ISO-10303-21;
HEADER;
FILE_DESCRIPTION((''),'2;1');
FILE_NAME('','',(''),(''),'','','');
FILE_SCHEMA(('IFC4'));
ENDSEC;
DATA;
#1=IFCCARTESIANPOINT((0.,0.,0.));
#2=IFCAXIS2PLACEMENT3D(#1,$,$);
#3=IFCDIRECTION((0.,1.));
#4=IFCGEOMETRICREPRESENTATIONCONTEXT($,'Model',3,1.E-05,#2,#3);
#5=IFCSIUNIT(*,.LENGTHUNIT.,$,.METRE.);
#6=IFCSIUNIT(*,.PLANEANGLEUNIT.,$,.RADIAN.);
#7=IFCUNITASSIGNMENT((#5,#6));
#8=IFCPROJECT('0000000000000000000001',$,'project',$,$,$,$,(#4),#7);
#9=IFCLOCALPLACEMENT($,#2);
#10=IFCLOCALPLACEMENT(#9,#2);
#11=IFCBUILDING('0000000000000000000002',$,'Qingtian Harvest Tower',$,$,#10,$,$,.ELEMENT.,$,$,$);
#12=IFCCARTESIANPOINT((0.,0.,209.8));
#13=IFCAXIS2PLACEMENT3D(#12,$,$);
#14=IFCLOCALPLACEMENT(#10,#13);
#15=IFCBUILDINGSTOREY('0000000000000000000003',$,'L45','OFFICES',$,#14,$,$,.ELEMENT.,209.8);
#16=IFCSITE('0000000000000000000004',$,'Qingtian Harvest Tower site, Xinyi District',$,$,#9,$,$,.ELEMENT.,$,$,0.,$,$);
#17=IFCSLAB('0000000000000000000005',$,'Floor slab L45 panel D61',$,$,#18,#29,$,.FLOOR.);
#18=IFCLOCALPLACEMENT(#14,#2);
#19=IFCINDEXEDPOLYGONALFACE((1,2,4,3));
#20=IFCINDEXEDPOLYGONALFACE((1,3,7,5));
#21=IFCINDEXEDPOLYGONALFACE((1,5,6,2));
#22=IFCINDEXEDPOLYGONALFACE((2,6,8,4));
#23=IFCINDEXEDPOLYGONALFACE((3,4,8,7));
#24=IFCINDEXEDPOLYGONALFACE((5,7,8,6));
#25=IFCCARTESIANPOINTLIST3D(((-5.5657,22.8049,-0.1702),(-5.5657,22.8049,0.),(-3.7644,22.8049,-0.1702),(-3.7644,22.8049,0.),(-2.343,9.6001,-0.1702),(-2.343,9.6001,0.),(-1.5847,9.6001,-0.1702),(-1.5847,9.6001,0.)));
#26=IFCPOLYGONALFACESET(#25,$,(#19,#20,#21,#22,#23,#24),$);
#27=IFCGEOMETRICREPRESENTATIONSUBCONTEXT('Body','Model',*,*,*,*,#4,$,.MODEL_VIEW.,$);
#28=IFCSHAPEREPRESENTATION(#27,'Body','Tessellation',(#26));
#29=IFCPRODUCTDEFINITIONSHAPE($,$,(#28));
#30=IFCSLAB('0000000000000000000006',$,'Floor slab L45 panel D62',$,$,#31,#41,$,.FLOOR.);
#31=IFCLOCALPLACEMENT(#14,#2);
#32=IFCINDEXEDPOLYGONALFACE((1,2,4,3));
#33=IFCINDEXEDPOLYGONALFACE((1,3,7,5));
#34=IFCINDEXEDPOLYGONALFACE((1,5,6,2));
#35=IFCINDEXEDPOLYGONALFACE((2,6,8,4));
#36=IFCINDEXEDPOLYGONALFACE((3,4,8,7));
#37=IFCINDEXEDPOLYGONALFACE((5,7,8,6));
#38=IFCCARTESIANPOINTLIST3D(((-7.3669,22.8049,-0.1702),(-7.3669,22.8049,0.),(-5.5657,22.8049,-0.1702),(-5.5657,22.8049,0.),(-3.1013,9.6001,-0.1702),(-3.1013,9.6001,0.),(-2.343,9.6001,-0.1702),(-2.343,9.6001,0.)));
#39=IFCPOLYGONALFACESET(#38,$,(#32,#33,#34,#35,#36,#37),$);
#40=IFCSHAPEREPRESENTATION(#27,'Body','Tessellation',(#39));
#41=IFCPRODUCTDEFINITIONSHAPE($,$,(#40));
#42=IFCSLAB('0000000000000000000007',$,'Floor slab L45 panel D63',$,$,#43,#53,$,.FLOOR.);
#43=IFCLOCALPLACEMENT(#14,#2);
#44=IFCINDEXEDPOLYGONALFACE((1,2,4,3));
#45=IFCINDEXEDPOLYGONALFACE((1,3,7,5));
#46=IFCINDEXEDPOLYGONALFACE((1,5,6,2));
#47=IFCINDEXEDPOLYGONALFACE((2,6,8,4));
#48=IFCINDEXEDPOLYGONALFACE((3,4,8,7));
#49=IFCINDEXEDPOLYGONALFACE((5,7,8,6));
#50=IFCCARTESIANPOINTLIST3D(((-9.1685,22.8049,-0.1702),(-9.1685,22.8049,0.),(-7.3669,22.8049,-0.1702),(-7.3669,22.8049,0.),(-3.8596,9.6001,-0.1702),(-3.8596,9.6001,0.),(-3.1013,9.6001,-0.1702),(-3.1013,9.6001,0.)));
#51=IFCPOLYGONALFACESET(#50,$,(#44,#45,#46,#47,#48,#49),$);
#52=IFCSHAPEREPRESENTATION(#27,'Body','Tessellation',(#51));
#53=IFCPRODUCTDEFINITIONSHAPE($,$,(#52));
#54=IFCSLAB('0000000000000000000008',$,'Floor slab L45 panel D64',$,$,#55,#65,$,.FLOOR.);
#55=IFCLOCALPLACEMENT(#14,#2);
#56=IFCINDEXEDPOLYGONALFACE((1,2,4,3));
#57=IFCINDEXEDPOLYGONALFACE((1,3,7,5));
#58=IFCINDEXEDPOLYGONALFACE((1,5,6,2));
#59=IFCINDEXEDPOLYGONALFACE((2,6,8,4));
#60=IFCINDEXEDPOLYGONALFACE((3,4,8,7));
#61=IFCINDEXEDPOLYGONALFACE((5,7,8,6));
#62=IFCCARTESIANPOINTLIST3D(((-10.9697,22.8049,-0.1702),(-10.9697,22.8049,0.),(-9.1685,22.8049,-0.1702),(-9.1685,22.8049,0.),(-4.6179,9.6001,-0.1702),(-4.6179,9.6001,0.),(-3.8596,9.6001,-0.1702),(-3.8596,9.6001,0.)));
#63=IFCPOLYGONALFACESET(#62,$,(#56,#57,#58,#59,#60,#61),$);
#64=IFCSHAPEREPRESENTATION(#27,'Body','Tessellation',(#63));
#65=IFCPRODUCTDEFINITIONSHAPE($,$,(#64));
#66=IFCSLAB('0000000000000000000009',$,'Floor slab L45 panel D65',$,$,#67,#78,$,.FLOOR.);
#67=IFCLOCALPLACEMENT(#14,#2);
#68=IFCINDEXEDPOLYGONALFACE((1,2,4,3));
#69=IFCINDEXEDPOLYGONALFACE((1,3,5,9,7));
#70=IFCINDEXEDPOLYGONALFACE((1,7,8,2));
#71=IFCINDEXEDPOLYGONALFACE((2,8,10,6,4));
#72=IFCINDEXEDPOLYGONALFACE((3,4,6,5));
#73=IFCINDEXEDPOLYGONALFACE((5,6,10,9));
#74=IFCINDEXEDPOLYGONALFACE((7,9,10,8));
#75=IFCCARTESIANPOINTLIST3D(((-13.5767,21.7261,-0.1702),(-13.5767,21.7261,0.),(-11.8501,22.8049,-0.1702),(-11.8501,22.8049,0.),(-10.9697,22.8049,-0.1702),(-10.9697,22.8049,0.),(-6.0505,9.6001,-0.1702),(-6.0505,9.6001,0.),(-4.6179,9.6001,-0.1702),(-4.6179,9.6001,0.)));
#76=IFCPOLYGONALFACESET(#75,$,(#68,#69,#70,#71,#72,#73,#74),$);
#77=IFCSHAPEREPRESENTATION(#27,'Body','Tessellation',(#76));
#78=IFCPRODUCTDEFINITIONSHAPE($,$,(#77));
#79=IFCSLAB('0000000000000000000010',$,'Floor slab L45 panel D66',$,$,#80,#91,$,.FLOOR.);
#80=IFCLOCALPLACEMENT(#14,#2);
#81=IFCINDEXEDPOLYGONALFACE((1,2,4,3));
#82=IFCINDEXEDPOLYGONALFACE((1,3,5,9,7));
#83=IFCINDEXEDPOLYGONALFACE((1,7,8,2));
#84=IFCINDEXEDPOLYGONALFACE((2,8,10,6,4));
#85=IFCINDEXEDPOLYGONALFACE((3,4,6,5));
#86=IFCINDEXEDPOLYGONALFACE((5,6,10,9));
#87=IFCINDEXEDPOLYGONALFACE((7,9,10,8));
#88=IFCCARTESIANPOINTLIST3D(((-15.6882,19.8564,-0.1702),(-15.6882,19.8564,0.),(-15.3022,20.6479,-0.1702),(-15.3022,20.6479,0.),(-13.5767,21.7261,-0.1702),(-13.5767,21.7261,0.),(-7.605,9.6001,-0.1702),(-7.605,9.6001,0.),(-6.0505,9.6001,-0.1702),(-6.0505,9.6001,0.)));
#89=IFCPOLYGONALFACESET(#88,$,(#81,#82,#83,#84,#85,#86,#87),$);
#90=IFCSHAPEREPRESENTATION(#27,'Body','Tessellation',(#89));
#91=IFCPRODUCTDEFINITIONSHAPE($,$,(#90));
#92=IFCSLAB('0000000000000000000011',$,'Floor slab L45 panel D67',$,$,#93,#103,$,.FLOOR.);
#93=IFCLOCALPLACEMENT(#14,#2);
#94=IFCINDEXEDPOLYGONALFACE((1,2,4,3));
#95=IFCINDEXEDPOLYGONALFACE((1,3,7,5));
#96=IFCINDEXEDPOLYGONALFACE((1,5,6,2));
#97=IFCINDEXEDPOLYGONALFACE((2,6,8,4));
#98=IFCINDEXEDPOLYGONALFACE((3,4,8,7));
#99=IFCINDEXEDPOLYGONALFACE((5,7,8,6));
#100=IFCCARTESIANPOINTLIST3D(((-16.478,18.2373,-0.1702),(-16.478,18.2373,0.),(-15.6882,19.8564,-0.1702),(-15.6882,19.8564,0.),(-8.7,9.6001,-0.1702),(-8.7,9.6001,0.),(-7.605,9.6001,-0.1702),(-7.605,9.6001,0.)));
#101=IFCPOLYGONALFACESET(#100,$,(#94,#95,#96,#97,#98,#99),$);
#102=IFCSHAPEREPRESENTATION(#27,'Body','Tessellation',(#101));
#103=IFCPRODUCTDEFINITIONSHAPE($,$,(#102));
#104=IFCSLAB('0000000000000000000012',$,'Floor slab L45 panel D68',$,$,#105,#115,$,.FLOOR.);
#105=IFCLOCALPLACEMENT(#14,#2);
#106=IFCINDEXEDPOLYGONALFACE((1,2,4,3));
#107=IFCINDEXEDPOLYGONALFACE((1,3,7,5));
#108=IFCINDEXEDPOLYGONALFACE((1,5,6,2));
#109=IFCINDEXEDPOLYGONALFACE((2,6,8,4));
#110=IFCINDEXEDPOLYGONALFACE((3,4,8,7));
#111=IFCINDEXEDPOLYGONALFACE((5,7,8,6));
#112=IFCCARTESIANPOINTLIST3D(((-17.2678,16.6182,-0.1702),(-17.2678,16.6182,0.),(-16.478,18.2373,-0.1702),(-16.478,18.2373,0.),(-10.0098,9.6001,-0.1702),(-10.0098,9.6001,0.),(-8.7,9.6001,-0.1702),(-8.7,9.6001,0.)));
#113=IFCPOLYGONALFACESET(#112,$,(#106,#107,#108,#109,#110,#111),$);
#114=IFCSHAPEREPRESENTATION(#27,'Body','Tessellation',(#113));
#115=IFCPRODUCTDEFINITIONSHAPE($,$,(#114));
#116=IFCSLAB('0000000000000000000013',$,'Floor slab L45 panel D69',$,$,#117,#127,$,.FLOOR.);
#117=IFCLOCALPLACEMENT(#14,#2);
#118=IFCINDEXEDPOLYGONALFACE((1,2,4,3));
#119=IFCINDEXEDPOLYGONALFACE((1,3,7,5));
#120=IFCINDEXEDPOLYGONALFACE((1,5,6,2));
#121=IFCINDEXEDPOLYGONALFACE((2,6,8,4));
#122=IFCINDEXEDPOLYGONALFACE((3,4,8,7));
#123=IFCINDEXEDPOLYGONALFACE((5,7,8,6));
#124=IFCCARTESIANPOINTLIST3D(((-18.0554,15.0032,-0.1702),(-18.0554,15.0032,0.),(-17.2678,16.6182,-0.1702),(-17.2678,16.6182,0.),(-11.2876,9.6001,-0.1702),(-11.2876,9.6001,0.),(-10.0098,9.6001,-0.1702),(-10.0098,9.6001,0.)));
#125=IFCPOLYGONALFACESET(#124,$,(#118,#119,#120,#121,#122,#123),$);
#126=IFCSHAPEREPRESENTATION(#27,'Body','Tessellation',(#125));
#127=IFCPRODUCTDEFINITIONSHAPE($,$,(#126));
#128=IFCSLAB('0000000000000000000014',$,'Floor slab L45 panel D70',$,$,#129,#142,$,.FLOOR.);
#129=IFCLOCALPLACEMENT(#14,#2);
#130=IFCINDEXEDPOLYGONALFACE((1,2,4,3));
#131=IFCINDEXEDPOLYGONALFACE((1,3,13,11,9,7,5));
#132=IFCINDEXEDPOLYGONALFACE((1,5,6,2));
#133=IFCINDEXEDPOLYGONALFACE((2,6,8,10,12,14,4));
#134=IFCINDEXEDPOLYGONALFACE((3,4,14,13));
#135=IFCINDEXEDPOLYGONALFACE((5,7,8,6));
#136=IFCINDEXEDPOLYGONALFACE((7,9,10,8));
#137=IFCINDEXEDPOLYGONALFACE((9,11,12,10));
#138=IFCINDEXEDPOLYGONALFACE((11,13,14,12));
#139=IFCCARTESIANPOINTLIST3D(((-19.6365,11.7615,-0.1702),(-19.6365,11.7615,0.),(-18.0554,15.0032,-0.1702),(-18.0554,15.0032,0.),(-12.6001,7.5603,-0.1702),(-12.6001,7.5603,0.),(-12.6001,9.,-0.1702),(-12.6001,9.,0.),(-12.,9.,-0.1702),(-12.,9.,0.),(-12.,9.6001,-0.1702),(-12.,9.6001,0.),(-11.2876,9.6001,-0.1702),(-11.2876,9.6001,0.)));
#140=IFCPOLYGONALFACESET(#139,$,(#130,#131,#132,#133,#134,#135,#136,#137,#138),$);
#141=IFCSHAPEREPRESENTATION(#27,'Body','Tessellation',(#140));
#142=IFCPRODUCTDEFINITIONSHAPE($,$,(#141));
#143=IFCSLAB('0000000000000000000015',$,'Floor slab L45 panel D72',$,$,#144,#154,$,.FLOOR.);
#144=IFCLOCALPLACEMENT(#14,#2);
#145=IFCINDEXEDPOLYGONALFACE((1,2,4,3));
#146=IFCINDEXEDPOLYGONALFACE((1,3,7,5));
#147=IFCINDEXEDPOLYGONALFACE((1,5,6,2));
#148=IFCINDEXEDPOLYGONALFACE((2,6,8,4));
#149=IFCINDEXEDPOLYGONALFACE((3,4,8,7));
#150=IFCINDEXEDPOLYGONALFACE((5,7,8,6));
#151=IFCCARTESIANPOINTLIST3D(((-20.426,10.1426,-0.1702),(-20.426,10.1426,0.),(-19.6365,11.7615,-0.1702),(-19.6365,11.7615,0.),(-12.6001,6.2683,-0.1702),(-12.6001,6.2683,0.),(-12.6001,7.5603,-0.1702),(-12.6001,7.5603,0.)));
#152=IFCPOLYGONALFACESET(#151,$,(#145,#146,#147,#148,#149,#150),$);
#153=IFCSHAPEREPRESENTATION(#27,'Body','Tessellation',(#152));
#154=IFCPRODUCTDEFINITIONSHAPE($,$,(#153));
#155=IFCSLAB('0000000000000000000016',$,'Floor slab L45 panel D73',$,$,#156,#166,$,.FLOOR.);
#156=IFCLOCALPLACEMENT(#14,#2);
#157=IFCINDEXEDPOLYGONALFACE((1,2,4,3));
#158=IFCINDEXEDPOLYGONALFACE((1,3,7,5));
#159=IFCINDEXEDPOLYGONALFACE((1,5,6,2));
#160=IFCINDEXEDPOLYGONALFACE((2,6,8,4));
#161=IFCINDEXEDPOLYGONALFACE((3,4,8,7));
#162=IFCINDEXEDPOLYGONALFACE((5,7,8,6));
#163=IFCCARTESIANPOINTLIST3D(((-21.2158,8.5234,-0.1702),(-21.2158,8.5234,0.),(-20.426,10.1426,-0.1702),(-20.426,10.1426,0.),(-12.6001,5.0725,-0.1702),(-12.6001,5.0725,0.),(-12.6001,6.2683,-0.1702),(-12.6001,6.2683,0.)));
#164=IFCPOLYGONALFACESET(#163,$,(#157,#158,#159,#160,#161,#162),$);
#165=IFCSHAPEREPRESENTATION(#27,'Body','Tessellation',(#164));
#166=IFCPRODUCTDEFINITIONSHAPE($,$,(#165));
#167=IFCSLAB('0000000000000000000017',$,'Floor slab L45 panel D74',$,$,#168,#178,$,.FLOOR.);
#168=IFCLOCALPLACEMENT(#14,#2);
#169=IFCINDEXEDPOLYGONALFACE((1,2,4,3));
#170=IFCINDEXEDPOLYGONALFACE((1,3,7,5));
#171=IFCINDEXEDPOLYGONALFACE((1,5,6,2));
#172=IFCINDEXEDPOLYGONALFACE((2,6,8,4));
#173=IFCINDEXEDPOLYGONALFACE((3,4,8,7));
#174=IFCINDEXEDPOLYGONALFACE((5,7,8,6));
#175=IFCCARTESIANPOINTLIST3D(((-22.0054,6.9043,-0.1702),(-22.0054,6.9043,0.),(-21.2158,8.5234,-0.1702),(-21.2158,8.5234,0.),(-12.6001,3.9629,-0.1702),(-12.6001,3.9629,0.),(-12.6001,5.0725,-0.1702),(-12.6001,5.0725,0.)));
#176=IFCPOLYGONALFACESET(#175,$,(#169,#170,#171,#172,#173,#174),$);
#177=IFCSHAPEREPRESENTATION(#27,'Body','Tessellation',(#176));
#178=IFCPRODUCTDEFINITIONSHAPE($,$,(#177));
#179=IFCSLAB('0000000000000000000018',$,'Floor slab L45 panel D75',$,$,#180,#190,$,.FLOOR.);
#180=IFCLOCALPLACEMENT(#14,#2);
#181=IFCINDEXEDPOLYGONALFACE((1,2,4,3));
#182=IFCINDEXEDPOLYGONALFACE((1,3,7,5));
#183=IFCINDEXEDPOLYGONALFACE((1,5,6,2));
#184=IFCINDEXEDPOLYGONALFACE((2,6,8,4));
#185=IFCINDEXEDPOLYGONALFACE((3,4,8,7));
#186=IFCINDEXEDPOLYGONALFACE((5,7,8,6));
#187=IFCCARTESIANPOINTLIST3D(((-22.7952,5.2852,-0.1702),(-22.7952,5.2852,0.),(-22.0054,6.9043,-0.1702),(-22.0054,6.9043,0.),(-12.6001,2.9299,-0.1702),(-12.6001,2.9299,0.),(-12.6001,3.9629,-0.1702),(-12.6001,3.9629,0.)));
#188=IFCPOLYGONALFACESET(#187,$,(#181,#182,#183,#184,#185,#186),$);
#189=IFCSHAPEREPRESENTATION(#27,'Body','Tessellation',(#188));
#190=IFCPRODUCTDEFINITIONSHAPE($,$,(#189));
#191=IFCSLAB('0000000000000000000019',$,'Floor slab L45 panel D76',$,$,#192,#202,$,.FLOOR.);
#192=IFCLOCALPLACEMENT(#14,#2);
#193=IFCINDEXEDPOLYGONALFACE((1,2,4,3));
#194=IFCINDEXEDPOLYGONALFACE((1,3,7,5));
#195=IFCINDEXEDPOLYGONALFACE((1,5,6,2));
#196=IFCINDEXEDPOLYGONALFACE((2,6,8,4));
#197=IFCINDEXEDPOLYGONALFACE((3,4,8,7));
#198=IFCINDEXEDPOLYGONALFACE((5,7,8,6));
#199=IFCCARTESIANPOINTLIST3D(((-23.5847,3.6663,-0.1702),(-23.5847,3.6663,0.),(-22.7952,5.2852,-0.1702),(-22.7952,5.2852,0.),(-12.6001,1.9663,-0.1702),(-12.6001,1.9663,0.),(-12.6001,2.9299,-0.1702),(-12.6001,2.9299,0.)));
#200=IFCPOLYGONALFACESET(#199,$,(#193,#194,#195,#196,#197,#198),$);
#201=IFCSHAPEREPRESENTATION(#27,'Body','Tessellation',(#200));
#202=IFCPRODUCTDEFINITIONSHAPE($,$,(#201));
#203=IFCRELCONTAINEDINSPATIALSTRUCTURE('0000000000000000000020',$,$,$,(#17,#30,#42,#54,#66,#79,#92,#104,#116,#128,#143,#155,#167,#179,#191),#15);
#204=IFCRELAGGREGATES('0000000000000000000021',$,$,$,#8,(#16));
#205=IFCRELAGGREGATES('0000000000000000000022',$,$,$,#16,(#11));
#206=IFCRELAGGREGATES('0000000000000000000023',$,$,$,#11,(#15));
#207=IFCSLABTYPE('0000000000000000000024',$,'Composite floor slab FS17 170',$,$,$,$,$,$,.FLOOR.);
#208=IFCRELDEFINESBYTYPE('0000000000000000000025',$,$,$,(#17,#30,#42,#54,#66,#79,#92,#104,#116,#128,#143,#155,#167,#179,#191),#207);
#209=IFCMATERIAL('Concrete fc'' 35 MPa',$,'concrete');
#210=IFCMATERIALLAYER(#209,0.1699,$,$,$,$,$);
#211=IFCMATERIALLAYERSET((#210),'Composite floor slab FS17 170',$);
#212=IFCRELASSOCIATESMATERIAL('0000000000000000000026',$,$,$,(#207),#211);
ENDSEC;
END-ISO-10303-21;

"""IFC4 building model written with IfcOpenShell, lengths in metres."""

from ifc_helpers import new_model, si_unit, direction, frame, origin, place, context, subcontext, project, spatial, polyline, outline, extrude, material, layer, layer_set, type_object, element, save


model = new_model("IFC4")

# Units and contexts
model_context = context("Model", 3, precision=1e-05, world=origin(), true_north=direction((0.0, 1.0)))
body_context = subcontext(model_context, "Body", "Model", "MODEL_VIEW")
ifc_project = project(units=[si_unit("LENGTHUNIT", "METRE"), si_unit("PLANEANGLEUNIT", "RADIAN")], contexts=[model_context])

# Site, building, storey
site_placement = place(None, origin())
site = spatial("IfcSite", under=ifc_project, at=site_placement, Name="Qingtian Harvest Tower site, Xinyi District", CompositionType="ELEMENT", RefElevation=0.0)
building_placement = place(site_placement, origin())
building = spatial("IfcBuilding", under=site, at=building_placement, Name="Qingtian Harvest Tower", CompositionType="ELEMENT")
storey_placement = place(building_placement, frame((0.0, 0.0, 209.8)))
storey = spatial("IfcBuildingStorey", under=building, at=storey_placement, Name="L45", Description="OFFICES", CompositionType="ELEMENT", Elevation=209.8)

# Slabs
ifc_material_1 = material(Name="Concrete fc' 35 MPa", Category="concrete")
ifc_layer_1 = layer(ifc_material_1, 0.1699)
ifc_layer_set_1 = layer_set([ifc_layer_1], Name="Composite floor slab FS17 170")
slab_type = type_object("IfcSlabType", Name="Composite floor slab FS17 170", PredefinedType="FLOOR", material=ifc_layer_set_1)
slab_1_placement = place(storey_placement, frame((0.0, 0.0, -0.1702)))
element("IfcSlab", 1, at=slab_1_placement, inside=storey, type_object=slab_type, Name="Floor slab L45 panel D61", PredefinedType="FLOOR", context=body_context, shape_type="SweptSolid", body=[
    extrude(outline(polyline([(-2.343, 9.6001), (-5.5657, 22.8049), (-3.7644, 22.8049), (-1.5847, 9.6001), (-2.343, 9.6001)])), origin(), (0.0, 0.0, 1.0), 0.1702),
])
slab_2_placement = place(storey_placement, frame((0.0, 0.0, -0.1702)))
element("IfcSlab", 2, at=slab_2_placement, inside=storey, type_object=slab_type, Name="Floor slab L45 panel D62", PredefinedType="FLOOR", context=body_context, shape_type="SweptSolid", body=[
    extrude(outline(polyline([(-3.1013, 9.6001), (-7.3669, 22.8049), (-5.5657, 22.8049), (-2.343, 9.6001), (-3.1013, 9.6001)])), origin(), (0.0, 0.0, 1.0), 0.1702),
])
slab_3_placement = place(storey_placement, frame((0.0, 0.0, -0.1702)))
element("IfcSlab", 3, at=slab_3_placement, inside=storey, type_object=slab_type, Name="Floor slab L45 panel D63", PredefinedType="FLOOR", context=body_context, shape_type="SweptSolid", body=[
    extrude(outline(polyline([(-3.8596, 9.6001), (-9.1685, 22.8049), (-7.3669, 22.8049), (-3.1013, 9.6001), (-3.8596, 9.6001)])), origin(), (0.0, 0.0, 1.0), 0.1702),
])
slab_4_placement = place(storey_placement, frame((0.0, 0.0, -0.1702)))
element("IfcSlab", 4, at=slab_4_placement, inside=storey, type_object=slab_type, Name="Floor slab L45 panel D64", PredefinedType="FLOOR", context=body_context, shape_type="SweptSolid", body=[
    extrude(outline(polyline([(-4.6179, 9.6001), (-10.9697, 22.8049), (-9.1685, 22.8049), (-3.8596, 9.6001), (-4.6179, 9.6001)])), origin(), (0.0, 0.0, 1.0), 0.1702),
])
slab_5_placement = place(storey_placement, frame((0.0, 0.0, -0.1702)))
element("IfcSlab", 5, at=slab_5_placement, inside=storey, type_object=slab_type, Name="Floor slab L45 panel D65", PredefinedType="FLOOR", context=body_context, shape_type="SweptSolid", body=[
    extrude(outline(polyline([(-4.6179, 9.6001), (-6.0505, 9.6001), (-13.5767, 21.7261), (-11.8501, 22.8049), (-10.9697, 22.8049), (-4.6179, 9.6001)])), origin(), (0.0, 0.0, 1.0), 0.1702),
])
slab_6_placement = place(storey_placement, frame((0.0, 0.0, -0.1702)))
element("IfcSlab", 6, at=slab_6_placement, inside=storey, type_object=slab_type, Name="Floor slab L45 panel D66", PredefinedType="FLOOR", context=body_context, shape_type="SweptSolid", body=[
    extrude(outline(polyline([(-6.0505, 9.6001), (-7.605, 9.6001), (-15.6882, 19.8564), (-15.3022, 20.6479), (-13.5767, 21.7261), (-6.0505, 9.6001)])), origin(), (0.0, 0.0, 1.0), 0.1702),
])
slab_7_placement = place(storey_placement, frame((0.0, 0.0, -0.1702)))
element("IfcSlab", 7, at=slab_7_placement, inside=storey, type_object=slab_type, Name="Floor slab L45 panel D67", PredefinedType="FLOOR", context=body_context, shape_type="SweptSolid", body=[
    extrude(outline(polyline([(-8.7, 9.6001), (-16.478, 18.2373), (-15.6882, 19.8564), (-7.605, 9.6001), (-8.7, 9.6001)])), origin(), (0.0, 0.0, 1.0), 0.1702),
])
slab_8_placement = place(storey_placement, frame((0.0, 0.0, -0.1702)))
element("IfcSlab", 8, at=slab_8_placement, inside=storey, type_object=slab_type, Name="Floor slab L45 panel D68", PredefinedType="FLOOR", context=body_context, shape_type="SweptSolid", body=[
    extrude(outline(polyline([(-10.0098, 9.6001), (-17.2678, 16.6182), (-16.478, 18.2373), (-8.7, 9.6001), (-10.0098, 9.6001)])), origin(), (0.0, 0.0, 1.0), 0.1702),
])
slab_9_placement = place(storey_placement, frame((0.0, 0.0, -0.1702)))
element("IfcSlab", 9, at=slab_9_placement, inside=storey, type_object=slab_type, Name="Floor slab L45 panel D69", PredefinedType="FLOOR", context=body_context, shape_type="SweptSolid", body=[
    extrude(outline(polyline([(-11.2876, 9.6001), (-18.0554, 15.0032), (-17.2678, 16.6182), (-10.0098, 9.6001), (-11.2876, 9.6001)])), origin(), (0.0, 0.0, 1.0), 0.1702),
])
slab_10_placement = place(storey_placement, frame((0.0, 0.0, -0.1702)))
element("IfcSlab", 10, at=slab_10_placement, inside=storey, type_object=slab_type, Name="Floor slab L45 panel D70", PredefinedType="FLOOR", context=body_context, shape_type="SweptSolid", body=[
    extrude(outline(polyline([(-12.0, 9.0), (-12.6001, 9.0), (-12.6001, 7.5603), (-19.6365, 11.7615), (-18.0554, 15.0032), (-11.2876, 9.6001), (-12.0, 9.6001), (-12.0, 9.0)])), origin(), (0.0, 0.0, 1.0), 0.1702),
])
slab_11_placement = place(storey_placement, frame((0.0, 0.0, -0.1702)))
element("IfcSlab", 11, at=slab_11_placement, inside=storey, type_object=slab_type, Name="Floor slab L45 panel D72", PredefinedType="FLOOR", context=body_context, shape_type="SweptSolid", body=[
    extrude(outline(polyline([(-12.6001, 6.2683), (-20.426, 10.1426), (-19.6365, 11.7615), (-12.6001, 7.5603), (-12.6001, 6.2683)])), origin(), (0.0, 0.0, 1.0), 0.1702),
])
slab_12_placement = place(storey_placement, frame((0.0, 0.0, -0.1702)))
element("IfcSlab", 12, at=slab_12_placement, inside=storey, type_object=slab_type, Name="Floor slab L45 panel D73", PredefinedType="FLOOR", context=body_context, shape_type="SweptSolid", body=[
    extrude(outline(polyline([(-12.6001, 5.0725), (-21.2158, 8.5234), (-20.426, 10.1426), (-12.6001, 6.2683), (-12.6001, 5.0725)])), origin(), (0.0, 0.0, 1.0), 0.1702),
])
slab_13_placement = place(storey_placement, frame((0.0, 0.0, -0.1702)))
element("IfcSlab", 13, at=slab_13_placement, inside=storey, type_object=slab_type, Name="Floor slab L45 panel D74", PredefinedType="FLOOR", context=body_context, shape_type="SweptSolid", body=[
    extrude(outline(polyline([(-12.6001, 3.9629), (-22.0054, 6.9043), (-21.2158, 8.5234), (-12.6001, 5.0725), (-12.6001, 3.9629)])), origin(), (0.0, 0.0, 1.0), 0.1702),
])
slab_14_placement = place(storey_placement, frame((0.0, 0.0, -0.1702)))
element("IfcSlab", 14, at=slab_14_placement, inside=storey, type_object=slab_type, Name="Floor slab L45 panel D75", PredefinedType="FLOOR", context=body_context, shape_type="SweptSolid", body=[
    extrude(outline(polyline([(-12.6001, 2.9299), (-22.7952, 5.2852), (-22.0054, 6.9043), (-12.6001, 3.9629), (-12.6001, 2.9299)])), origin(), (0.0, 0.0, 1.0), 0.1702),
])
slab_15_placement = place(storey_placement, frame((0.0, 0.0, -0.1702)))
element("IfcSlab", 15, at=slab_15_placement, inside=storey, type_object=slab_type, Name="Floor slab L45 panel D76", PredefinedType="FLOOR", context=body_context, shape_type="SweptSolid", body=[
    extrude(outline(polyline([(-12.6001, 1.9663), (-23.5847, 3.6663), (-22.7952, 5.2852), (-12.6001, 2.9299), (-12.6001, 1.9663)])), origin(), (0.0, 0.0, 1.0), 0.1702),
])

save(model, "model.ifc")
